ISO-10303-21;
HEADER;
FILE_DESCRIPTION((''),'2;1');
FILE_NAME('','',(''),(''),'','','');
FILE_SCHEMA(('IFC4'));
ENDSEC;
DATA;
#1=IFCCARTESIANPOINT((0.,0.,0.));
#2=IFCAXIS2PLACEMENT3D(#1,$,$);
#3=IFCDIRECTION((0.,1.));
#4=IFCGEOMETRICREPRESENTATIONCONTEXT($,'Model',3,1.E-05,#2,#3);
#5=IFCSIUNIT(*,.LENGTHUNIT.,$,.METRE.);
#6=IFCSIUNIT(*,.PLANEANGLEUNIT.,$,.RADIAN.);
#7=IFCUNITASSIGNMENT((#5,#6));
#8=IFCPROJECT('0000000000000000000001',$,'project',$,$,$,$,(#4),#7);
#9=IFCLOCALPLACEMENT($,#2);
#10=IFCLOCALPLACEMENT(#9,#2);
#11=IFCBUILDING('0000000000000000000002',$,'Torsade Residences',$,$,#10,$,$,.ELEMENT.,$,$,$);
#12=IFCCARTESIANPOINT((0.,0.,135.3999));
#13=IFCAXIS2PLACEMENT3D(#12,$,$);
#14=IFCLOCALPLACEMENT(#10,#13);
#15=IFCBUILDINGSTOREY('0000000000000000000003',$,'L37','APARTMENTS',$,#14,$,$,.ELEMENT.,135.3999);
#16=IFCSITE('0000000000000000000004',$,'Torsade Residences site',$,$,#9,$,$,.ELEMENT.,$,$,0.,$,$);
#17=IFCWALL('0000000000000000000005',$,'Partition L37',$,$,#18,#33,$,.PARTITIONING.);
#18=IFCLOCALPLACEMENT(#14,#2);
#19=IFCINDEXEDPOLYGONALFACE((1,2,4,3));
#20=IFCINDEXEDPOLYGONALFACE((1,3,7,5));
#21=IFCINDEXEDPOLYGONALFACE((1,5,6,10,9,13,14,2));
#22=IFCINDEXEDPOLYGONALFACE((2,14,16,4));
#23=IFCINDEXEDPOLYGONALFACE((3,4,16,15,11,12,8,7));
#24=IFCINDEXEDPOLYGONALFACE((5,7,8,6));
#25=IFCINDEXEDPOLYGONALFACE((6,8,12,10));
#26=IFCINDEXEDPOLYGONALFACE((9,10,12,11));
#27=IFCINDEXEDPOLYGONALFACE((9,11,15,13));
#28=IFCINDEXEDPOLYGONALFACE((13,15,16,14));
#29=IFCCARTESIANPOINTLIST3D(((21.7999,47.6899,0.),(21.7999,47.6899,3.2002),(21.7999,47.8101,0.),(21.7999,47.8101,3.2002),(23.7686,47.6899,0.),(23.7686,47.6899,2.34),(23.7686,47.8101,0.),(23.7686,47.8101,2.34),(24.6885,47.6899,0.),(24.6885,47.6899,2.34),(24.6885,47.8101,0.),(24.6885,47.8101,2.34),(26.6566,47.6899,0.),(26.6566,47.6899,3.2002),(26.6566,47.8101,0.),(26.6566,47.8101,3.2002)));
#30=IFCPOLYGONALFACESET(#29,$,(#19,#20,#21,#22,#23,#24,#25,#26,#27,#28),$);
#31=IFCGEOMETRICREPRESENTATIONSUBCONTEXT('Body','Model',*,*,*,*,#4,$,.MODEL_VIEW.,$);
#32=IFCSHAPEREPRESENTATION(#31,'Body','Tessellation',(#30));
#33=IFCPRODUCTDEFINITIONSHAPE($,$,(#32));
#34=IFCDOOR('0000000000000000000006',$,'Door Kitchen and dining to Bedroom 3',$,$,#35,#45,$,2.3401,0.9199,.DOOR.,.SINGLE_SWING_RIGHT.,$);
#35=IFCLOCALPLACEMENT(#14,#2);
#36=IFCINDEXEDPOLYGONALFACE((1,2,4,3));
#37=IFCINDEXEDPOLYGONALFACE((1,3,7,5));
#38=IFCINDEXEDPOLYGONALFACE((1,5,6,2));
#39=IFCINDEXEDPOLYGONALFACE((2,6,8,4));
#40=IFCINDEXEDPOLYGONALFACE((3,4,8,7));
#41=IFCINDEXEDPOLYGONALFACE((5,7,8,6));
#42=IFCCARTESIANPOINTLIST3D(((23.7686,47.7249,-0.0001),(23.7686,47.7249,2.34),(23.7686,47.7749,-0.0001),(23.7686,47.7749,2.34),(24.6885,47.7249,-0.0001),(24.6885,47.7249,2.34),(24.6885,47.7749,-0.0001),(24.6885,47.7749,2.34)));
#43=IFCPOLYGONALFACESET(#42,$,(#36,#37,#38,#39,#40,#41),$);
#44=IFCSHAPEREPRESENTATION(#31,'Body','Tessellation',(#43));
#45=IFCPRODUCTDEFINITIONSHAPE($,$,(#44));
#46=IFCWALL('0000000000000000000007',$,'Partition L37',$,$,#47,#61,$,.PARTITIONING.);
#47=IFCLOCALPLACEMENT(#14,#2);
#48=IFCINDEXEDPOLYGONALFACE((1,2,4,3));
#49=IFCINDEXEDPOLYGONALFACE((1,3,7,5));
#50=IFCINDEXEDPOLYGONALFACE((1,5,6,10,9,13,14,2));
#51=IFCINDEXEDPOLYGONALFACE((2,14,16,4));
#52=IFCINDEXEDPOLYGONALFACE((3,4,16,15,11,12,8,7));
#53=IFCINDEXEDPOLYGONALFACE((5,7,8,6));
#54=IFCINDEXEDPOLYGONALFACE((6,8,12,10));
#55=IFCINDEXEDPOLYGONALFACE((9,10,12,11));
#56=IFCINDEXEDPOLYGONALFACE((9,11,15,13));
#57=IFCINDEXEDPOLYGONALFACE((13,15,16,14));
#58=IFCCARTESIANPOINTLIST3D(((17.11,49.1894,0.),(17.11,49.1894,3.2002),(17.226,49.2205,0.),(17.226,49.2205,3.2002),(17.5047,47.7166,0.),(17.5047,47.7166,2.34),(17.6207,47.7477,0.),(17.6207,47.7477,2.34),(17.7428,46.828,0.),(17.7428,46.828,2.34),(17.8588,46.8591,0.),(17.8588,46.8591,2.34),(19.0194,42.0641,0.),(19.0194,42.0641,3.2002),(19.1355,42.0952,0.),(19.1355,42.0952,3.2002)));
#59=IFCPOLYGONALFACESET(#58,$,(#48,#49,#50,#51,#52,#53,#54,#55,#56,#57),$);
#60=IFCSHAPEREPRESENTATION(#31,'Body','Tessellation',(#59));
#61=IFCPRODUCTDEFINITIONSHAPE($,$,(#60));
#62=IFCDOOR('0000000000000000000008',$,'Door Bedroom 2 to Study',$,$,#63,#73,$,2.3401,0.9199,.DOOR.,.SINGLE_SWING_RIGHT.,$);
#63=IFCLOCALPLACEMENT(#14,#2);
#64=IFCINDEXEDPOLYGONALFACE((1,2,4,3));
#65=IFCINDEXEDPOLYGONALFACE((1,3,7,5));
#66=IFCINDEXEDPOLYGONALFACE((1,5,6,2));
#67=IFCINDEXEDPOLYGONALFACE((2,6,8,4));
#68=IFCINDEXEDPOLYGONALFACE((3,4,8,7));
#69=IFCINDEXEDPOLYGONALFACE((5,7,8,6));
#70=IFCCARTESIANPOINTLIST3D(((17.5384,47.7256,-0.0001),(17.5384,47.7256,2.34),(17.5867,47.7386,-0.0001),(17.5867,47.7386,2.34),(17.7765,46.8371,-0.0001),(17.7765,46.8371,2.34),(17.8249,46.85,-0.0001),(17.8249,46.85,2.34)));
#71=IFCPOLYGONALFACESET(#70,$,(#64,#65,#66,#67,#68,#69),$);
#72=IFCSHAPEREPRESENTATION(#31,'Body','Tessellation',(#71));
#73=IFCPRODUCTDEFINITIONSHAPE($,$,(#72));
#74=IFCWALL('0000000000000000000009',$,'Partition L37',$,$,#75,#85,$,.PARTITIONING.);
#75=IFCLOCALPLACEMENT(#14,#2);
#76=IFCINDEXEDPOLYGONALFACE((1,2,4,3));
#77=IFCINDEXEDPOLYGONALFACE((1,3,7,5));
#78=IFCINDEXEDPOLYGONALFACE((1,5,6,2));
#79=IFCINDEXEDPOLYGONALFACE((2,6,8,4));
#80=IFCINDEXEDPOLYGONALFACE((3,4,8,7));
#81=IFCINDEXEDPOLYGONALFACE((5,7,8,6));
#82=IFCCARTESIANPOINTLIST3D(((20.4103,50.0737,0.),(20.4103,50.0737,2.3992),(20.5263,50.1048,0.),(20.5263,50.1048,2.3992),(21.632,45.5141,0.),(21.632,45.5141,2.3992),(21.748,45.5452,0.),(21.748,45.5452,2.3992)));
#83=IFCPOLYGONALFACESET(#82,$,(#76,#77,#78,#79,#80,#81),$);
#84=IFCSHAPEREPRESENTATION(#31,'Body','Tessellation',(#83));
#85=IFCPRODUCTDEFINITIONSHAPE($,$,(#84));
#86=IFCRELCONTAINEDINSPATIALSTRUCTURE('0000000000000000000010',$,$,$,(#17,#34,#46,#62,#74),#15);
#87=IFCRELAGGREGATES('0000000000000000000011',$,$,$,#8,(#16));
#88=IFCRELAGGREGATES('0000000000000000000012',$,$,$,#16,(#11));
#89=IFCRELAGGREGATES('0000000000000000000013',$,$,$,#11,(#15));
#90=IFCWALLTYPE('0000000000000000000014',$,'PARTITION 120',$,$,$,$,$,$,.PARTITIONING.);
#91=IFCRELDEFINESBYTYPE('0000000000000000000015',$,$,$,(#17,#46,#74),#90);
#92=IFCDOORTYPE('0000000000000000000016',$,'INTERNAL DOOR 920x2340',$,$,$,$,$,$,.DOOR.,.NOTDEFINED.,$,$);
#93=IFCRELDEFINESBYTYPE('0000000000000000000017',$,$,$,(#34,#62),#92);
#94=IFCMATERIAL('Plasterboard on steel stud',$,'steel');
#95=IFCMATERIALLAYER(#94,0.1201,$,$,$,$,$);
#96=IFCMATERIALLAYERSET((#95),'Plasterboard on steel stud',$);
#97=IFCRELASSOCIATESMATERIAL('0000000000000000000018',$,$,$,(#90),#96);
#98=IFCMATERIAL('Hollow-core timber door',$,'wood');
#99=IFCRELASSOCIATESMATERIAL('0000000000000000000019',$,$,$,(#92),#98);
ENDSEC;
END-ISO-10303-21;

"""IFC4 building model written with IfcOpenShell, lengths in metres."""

from ifc_helpers import new_model, si_unit, direction, frame, frame_2d, origin, place, context, subcontext, project, spatial, rectangle, extrude, material, layer, layer_set, type_object, element, fill, save


model = new_model("IFC4")

# Units and contexts
model_context = context("Model", 3, precision=1e-05, world=origin(), true_north=direction((0.0, 1.0)))
body_context = subcontext(model_context, "Body", "Model", "MODEL_VIEW")
ifc_project = project(units=[si_unit("LENGTHUNIT", "METRE"), si_unit("PLANEANGLEUNIT", "RADIAN")], contexts=[model_context])

# Site, building, storey
site_placement = place(None, origin())
site = spatial("IfcSite", under=ifc_project, at=site_placement, Name="Torsade Residences site", CompositionType="ELEMENT", RefElevation=0.0)
building_placement = place(site_placement, origin())
building = spatial("IfcBuilding", under=site, at=building_placement, Name="Torsade Residences", CompositionType="ELEMENT")
storey_placement = place(building_placement, frame((0.0, 0.0, 135.3999)))
storey = spatial("IfcBuildingStorey", under=building, at=storey_placement, Name="L37", Description="APARTMENTS", CompositionType="ELEMENT", Elevation=135.3999)

# Walls, openings, doors
ifc_material_1 = material(Name="Plasterboard on steel stud", Category="steel")
ifc_layer_1 = layer(ifc_material_1, 0.1201)
ifc_layer_set_1 = layer_set([ifc_layer_1], Name="Plasterboard on steel stud")
wall_type = type_object("IfcWallType", Name="PARTITION 120", PredefinedType="PARTITIONING", material=ifc_layer_set_1)
wall_1_placement = place(storey_placement, frame((21.8, 47.75, 0.0), z_axis=(0.0, 0.0, 1.0), x_axis=(1.0, 0.0, 0.0)))
wall_1 = element("IfcWall", 1, at=wall_1_placement, inside=storey, type_object=wall_type, Name="Partition L37", PredefinedType="PARTITIONING", context=body_context, shape_type="SweptSolid", body=[
    extrude(rectangle(XDim=4.8567, YDim=0.1201, at=frame_2d((2.4282, 0.0))), origin(), (0.0, 0.0, 1.0), 3.2002),
])
opening_1_placement = place(wall_1_placement, frame((1.9685, 0.0, 0.0)))
opening_1 = element("IfcOpeningElement", 2, at=opening_1_placement, cuts=wall_1, PredefinedType="OPENING", context=body_context, shape_type="SweptSolid", body=[
    extrude(rectangle(XDim=0.9199, YDim=2.3401, at=frame_2d((0.46, 1.1699))), frame((0.0, 0.0701, 0.0), z_axis=(0.0, -1.0, 0.0), x_axis=(1.0, 0.0, 0.0)), (0.0, 0.0, 1.0), 0.1401),
])
ifc_material_2 = material(Name="Hollow-core timber door", Category="wood")
door_type = type_object("IfcDoorType", Name="INTERNAL DOOR 920x2340", OperationType="NOTDEFINED", PredefinedType="DOOR", material=ifc_material_2)
door_1_placement = place(opening_1_placement, origin())
door_1 = element("IfcDoor", 3, at=door_1_placement, inside=storey, type_object=door_type, Name="Door Kitchen and dining to Bedroom 3", OperationType="SINGLE_SWING_RIGHT", OverallHeight=2.3401, OverallWidth=0.9199, PredefinedType="DOOR", context=body_context, shape_type="SweptSolid", body=[
    extrude(rectangle(XDim=0.9199, YDim=2.3401, at=frame_2d((0.46, 1.1699))), frame((0.0, 0.0249, 0.0), z_axis=(0.0, -1.0, 0.0), x_axis=(1.0, 0.0, 0.0)), (0.0, 0.0, 1.0), 0.05),
])
fill(opening_1, door_1)
wall_2_placement = place(storey_placement, frame((17.168, 49.2051, 0.0), z_axis=(0.0, 0.0, 1.0), x_axis=(0.258847, -0.965918, 0.0)))
wall_2 = element("IfcWall", 4, at=wall_2_placement, inside=storey, type_object=wall_type, Name="Partition L37", PredefinedType="PARTITIONING", context=body_context, shape_type="SweptSolid", body=[
    extrude(rectangle(XDim=7.3767, YDim=0.1201, at=frame_2d((3.6885, 0.0))), origin(), (0.0, 0.0, 1.0), 3.2002),
])
opening_2_placement = place(wall_2_placement, frame((1.5249, 0.0, 0.0)))
opening_2 = element("IfcOpeningElement", 5, at=opening_2_placement, cuts=wall_2, PredefinedType="OPENING", context=body_context, shape_type="SweptSolid", body=[
    extrude(rectangle(XDim=0.9199, YDim=2.3401, at=frame_2d((0.46, 1.1699))), frame((0.0, 0.0701, 0.0), z_axis=(0.0, -1.0, 0.0), x_axis=(1.0, 0.0, 0.0)), (0.0, 0.0, 1.0), 0.1401),
])
door_2_placement = place(opening_2_placement, origin())
door_2 = element("IfcDoor", 6, at=door_2_placement, inside=storey, type_object=door_type, Name="Door Bedroom 2 to Study", OperationType="SINGLE_SWING_RIGHT", OverallHeight=2.3401, OverallWidth=0.9199, PredefinedType="DOOR", context=body_context, shape_type="SweptSolid", body=[
    extrude(rectangle(XDim=0.9199, YDim=2.3401, at=frame_2d((0.46, 1.1699))), frame((0.0, 0.0249, 0.0), z_axis=(0.0, -1.0, 0.0), x_axis=(1.0, 0.0, 0.0)), (0.0, 0.0, 1.0), 0.05),
])
fill(opening_2, door_2)

# Wall
wall_3_placement = place(storey_placement, frame((20.4683, 50.0894, 0.0), z_axis=(0.0, 0.0, 1.0), x_axis=(0.258808, -0.965929, 0.0)))
element("IfcWall", 7, at=wall_3_placement, inside=storey, type_object=wall_type, Name="Partition L37", PredefinedType="PARTITIONING", context=body_context, shape_type="SweptSolid", body=[
    extrude(rectangle(XDim=4.7205, YDim=0.1201, at=frame_2d((2.3604, 0.0))), origin(), (0.0, 0.0, 1.0), 2.3992),
])

save(model, "model.ifc")
